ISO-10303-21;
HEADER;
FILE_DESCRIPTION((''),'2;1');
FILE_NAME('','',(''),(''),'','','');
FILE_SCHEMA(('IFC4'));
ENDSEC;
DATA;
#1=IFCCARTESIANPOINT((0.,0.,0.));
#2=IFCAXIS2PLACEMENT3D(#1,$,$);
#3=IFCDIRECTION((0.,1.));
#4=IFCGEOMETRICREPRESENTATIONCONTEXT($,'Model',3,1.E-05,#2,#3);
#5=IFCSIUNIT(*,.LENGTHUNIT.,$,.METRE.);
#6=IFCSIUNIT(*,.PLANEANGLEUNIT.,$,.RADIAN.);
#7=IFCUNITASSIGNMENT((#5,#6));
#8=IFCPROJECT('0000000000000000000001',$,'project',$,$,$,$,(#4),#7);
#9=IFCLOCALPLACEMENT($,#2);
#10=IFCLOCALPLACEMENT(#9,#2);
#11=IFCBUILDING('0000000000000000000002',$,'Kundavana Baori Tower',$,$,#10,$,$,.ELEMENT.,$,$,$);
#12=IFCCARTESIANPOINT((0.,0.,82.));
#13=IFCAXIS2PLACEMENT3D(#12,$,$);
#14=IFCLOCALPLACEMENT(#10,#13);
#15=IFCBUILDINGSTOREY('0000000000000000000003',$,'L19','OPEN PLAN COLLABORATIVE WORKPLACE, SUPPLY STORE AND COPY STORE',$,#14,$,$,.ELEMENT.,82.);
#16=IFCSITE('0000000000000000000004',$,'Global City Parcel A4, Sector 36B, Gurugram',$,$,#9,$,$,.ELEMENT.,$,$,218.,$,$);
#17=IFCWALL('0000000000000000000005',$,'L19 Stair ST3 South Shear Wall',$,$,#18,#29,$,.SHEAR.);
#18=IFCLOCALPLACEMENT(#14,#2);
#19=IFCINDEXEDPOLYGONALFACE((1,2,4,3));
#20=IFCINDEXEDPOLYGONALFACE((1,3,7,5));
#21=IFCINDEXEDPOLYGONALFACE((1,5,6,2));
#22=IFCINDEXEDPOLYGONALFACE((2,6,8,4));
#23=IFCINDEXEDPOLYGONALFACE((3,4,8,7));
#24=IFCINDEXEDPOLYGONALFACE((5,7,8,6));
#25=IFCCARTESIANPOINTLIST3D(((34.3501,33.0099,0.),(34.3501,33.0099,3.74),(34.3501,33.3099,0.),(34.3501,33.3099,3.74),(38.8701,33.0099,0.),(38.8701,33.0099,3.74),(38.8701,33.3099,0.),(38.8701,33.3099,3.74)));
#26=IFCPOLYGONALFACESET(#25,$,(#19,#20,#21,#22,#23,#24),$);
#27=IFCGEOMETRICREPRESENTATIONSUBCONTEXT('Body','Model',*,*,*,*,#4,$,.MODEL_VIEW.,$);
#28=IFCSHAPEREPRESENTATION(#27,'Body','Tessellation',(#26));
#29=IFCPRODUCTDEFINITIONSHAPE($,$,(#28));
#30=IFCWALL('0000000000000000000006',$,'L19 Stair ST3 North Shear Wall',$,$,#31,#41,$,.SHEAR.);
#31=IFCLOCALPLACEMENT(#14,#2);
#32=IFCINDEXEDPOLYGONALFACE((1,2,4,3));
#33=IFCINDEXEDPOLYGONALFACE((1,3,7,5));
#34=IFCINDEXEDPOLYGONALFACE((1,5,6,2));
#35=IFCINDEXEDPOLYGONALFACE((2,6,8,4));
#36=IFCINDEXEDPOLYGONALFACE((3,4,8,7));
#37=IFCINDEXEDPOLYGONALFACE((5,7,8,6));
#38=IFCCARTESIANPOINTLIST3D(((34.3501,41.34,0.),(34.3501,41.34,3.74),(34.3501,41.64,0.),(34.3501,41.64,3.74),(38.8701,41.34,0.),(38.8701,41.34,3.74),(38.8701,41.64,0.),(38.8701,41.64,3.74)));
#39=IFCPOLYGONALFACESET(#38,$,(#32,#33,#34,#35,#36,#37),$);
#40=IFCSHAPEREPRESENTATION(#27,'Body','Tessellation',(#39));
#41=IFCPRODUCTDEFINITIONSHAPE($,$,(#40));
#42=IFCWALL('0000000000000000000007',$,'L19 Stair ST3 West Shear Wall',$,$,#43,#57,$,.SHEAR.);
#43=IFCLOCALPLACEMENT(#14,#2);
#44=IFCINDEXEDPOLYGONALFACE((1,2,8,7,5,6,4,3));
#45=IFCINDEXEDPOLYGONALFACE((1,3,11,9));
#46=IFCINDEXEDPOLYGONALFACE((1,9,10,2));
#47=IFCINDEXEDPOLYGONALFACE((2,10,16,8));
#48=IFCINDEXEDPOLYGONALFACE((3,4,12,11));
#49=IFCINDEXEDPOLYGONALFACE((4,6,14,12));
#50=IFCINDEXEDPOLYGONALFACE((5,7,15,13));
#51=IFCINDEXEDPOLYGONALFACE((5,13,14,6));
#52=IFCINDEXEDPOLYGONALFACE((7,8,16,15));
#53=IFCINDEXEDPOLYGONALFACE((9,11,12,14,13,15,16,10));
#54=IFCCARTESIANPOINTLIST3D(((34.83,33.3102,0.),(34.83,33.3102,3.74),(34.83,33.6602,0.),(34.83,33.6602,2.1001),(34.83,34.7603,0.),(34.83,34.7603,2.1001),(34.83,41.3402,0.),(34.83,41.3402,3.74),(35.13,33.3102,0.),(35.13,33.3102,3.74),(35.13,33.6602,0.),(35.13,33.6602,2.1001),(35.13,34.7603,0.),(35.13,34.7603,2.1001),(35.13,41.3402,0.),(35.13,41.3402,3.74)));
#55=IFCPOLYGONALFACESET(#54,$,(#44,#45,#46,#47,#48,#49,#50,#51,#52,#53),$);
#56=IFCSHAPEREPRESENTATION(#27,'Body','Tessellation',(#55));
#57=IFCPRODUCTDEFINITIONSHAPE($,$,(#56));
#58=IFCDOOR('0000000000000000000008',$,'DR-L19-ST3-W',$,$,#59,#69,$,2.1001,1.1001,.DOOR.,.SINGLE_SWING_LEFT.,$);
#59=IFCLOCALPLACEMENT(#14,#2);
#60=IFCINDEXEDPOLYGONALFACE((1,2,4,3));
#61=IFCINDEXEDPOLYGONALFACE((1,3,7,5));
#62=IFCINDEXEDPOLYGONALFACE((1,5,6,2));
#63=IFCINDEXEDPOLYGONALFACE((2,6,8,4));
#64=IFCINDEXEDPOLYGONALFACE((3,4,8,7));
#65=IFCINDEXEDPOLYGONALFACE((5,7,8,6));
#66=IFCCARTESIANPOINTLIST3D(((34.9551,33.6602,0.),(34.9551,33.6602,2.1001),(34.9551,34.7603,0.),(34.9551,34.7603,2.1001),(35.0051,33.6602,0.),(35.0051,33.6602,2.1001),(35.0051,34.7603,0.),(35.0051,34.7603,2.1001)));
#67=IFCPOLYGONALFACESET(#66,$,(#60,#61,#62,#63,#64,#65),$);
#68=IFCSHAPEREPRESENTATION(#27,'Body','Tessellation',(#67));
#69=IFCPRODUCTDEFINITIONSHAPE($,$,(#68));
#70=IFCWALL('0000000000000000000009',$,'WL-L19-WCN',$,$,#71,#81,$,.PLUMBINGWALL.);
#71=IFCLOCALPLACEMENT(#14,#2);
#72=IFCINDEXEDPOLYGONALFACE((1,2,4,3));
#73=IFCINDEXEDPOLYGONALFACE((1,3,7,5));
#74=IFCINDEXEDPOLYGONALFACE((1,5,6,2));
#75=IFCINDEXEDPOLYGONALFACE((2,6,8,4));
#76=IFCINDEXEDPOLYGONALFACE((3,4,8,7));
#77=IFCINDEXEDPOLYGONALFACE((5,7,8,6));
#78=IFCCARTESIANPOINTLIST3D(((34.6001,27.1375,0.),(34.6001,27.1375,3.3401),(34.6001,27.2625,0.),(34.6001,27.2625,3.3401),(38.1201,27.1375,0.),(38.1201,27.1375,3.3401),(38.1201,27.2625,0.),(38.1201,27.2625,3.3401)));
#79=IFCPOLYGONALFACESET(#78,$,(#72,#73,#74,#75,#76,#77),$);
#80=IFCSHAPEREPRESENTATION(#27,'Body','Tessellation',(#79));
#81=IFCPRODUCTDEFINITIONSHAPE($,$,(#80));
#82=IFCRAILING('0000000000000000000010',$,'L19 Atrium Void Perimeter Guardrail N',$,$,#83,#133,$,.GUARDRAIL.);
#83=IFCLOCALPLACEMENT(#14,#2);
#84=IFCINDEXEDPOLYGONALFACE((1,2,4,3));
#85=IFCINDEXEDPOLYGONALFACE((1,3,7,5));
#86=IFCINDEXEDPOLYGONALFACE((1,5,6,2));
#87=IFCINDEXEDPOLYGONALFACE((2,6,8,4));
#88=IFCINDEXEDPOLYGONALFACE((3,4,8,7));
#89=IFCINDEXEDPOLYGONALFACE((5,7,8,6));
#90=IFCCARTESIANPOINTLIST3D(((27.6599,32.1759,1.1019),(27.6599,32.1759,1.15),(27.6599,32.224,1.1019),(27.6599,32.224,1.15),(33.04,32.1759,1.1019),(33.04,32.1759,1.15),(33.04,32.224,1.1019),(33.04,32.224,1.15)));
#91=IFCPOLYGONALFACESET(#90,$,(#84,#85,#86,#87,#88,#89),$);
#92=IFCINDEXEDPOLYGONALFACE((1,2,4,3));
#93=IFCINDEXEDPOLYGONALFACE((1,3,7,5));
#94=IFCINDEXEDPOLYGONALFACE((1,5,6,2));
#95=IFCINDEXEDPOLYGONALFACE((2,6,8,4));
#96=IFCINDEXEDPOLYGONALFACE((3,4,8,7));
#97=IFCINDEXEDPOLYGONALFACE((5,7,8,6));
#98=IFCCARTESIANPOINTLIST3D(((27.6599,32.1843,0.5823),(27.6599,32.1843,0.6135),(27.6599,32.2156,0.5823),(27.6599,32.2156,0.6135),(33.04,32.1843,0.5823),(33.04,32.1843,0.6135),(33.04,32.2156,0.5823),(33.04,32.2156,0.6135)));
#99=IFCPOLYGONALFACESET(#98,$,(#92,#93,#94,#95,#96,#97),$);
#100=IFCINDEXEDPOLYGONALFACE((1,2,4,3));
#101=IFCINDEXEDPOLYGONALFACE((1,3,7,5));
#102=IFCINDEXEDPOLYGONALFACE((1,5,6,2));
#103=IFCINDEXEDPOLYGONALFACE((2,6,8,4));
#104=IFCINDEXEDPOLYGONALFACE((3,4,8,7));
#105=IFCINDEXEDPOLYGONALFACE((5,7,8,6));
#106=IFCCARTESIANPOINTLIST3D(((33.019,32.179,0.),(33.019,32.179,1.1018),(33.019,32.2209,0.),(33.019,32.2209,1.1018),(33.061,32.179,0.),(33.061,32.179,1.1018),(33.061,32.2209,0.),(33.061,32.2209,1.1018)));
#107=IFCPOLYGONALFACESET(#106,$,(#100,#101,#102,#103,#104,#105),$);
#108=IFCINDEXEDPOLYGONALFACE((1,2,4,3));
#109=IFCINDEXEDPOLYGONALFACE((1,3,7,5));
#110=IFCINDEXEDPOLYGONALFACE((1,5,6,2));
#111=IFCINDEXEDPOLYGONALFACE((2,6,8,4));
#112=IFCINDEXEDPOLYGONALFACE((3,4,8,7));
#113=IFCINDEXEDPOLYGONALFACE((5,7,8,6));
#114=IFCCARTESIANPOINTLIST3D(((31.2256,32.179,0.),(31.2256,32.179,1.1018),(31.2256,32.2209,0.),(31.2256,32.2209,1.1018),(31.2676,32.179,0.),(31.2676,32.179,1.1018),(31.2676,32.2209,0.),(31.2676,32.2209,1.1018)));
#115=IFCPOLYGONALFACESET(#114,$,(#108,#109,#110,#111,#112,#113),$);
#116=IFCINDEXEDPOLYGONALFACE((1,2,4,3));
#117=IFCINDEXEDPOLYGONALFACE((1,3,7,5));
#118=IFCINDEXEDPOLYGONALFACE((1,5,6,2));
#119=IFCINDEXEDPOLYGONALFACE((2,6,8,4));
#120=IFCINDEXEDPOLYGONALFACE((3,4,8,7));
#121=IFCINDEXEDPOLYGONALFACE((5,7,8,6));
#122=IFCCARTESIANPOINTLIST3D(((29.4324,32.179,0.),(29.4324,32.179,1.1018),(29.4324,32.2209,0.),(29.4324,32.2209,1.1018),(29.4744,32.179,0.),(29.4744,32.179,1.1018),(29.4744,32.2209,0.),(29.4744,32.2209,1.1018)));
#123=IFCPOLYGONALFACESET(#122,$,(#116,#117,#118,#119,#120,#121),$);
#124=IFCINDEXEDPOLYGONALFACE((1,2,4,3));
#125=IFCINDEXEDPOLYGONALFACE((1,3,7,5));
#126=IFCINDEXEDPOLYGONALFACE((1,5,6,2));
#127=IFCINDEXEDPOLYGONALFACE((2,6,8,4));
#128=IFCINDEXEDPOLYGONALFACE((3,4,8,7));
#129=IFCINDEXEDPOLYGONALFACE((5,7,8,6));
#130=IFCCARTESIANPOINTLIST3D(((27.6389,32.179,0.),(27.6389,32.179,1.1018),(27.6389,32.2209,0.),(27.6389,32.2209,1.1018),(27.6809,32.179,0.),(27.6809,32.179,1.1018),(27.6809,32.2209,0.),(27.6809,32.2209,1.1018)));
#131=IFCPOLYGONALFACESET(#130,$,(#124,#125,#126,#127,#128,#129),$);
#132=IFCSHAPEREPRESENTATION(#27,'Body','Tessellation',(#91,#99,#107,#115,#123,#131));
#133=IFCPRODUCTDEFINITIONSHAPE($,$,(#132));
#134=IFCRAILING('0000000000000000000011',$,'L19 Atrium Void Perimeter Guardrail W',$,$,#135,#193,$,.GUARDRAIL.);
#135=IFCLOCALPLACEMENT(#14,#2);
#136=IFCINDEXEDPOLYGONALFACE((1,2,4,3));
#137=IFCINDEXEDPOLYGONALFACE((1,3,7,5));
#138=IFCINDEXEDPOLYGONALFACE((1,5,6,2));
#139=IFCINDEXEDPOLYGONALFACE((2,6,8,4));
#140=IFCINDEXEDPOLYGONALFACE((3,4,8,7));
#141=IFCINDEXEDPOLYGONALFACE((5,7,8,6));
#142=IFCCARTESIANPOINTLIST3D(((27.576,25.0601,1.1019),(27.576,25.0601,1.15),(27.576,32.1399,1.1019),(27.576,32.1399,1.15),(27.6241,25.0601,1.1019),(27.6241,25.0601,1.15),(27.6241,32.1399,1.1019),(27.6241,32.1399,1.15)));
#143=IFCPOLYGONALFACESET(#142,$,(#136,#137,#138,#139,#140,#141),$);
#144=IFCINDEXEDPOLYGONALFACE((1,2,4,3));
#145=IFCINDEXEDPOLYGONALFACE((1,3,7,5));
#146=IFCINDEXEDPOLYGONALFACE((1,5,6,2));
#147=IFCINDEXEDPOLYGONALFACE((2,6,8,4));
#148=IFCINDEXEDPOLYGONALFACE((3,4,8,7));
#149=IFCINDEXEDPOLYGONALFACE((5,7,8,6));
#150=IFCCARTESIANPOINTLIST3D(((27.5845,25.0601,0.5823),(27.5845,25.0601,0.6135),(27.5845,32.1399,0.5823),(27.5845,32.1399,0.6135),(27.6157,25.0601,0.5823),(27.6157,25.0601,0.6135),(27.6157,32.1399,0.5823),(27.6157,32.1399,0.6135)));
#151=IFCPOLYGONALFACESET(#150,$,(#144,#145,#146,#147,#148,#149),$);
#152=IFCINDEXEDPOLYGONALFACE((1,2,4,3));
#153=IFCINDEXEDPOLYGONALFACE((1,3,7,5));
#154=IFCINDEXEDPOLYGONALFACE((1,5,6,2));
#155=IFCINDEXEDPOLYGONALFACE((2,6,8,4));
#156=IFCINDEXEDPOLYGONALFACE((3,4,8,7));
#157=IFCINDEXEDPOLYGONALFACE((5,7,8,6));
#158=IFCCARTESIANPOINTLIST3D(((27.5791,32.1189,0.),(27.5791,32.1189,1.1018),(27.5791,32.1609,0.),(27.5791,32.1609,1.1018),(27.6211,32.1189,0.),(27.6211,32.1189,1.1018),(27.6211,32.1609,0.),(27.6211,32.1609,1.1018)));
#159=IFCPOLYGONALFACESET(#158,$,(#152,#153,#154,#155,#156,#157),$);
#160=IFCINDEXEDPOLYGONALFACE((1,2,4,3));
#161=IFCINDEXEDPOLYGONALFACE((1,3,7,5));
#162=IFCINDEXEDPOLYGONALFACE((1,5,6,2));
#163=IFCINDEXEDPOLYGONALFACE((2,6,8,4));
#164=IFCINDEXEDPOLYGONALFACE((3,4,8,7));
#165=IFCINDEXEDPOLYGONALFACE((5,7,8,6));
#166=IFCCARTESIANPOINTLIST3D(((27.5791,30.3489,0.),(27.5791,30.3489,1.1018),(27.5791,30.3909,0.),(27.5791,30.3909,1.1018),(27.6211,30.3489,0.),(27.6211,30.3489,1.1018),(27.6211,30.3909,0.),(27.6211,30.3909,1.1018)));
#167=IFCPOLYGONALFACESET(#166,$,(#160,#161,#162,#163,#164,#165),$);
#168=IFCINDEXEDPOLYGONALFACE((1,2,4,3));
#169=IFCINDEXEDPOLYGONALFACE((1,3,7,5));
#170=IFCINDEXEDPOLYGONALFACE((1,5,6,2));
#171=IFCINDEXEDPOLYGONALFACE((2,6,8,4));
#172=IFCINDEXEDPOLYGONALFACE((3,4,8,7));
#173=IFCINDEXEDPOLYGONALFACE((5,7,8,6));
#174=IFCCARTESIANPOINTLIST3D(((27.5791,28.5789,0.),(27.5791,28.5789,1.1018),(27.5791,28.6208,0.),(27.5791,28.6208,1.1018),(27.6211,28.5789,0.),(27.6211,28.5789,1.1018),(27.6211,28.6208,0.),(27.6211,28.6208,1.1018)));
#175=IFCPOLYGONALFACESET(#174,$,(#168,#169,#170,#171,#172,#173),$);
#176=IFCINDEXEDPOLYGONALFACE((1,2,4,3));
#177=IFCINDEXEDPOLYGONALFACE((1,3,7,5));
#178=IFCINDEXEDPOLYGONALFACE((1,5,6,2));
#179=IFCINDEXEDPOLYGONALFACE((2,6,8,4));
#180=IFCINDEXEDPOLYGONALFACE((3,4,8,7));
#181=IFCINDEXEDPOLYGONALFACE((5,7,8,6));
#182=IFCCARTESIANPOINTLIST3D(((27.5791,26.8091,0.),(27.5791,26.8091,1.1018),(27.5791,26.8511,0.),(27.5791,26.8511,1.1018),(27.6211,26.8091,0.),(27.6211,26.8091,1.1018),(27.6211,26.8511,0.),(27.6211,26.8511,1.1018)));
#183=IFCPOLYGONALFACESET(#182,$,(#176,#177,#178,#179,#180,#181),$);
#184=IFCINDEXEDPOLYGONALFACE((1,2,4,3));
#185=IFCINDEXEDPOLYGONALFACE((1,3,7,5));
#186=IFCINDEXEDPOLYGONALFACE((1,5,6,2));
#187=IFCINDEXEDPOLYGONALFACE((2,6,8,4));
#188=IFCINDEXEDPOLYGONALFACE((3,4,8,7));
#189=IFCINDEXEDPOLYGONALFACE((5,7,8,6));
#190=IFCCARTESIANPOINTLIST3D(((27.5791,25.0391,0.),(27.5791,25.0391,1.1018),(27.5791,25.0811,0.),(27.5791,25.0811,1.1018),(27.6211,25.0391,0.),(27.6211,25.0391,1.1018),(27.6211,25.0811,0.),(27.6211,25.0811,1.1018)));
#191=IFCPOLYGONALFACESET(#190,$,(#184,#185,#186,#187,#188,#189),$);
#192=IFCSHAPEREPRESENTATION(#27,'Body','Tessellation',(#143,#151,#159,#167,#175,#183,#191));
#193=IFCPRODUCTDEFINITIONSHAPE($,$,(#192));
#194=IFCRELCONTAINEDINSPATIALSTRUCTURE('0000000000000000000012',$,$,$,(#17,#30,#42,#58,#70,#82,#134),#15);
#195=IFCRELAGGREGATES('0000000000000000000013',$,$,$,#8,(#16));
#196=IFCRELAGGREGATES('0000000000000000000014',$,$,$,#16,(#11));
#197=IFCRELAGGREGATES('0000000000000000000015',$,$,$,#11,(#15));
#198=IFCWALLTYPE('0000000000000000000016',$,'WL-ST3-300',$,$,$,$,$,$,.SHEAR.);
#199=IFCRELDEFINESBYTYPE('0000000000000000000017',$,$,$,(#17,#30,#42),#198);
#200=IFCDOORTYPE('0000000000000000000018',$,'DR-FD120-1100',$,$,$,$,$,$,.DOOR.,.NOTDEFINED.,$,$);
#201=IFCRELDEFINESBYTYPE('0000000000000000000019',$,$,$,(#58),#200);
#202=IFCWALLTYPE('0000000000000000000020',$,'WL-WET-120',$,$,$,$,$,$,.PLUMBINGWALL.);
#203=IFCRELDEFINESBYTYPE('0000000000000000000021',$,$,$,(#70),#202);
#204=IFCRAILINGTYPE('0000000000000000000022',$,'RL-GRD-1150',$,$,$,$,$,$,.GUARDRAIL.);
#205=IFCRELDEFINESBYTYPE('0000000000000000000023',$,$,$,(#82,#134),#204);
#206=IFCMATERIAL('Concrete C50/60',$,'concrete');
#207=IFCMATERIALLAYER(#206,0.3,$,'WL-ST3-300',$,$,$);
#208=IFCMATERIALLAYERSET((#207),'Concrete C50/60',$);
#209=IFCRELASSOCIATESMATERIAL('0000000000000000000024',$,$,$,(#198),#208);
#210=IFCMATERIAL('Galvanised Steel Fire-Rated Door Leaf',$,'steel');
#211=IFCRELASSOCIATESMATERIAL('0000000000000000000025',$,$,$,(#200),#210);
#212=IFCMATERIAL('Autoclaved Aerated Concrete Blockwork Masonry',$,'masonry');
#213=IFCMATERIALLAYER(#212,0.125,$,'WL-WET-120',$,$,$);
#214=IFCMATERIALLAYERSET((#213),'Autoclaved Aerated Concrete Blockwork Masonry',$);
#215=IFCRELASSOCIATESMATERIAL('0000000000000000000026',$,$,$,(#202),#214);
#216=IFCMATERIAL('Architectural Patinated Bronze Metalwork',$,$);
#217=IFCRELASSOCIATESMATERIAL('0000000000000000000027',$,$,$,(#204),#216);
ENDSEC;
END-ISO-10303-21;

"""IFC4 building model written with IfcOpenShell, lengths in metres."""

from ifc_helpers import new_model, si_unit, direction, frame, frame_2d, origin, origin_2d, place, context, subcontext, project, spatial, rectangle, extrude, material, layer, layer_set, type_object, element, fill, save


model = new_model("IFC4")

# Units and contexts
model_context = context("Model", 3, precision=1e-05, world=origin(), true_north=direction((0.0, 1.0)))
body_context = subcontext(model_context, "Body", "Model", "MODEL_VIEW")
ifc_project = project(units=[si_unit("LENGTHUNIT", "METRE"), si_unit("PLANEANGLEUNIT", "RADIAN")], contexts=[model_context])

# Site, building, storey
site_placement = place(None, origin())
site = spatial("IfcSite", under=ifc_project, at=site_placement, Name="Global City Parcel A4, Sector 36B, Gurugram", CompositionType="ELEMENT", RefElevation=218.0)
building_placement = place(site_placement, origin())
building = spatial("IfcBuilding", under=site, at=building_placement, Name="Kundavana Baori Tower", CompositionType="ELEMENT")
storey_placement = place(building_placement, frame((0.0, 0.0, 82.0)))
storey = spatial("IfcBuildingStorey", under=building, at=storey_placement, Name="L19", Description="OPEN PLAN COLLABORATIVE WORKPLACE, SUPPLY STORE AND COPY STORE", CompositionType="ELEMENT", Elevation=82.0)

# Walls
ifc_material_1 = material(Name="Concrete C50/60", Category="concrete")
ifc_layer_1 = layer(ifc_material_1, 0.3, Name="WL-ST3-300")
ifc_layer_set_1 = layer_set([ifc_layer_1], Name="Concrete C50/60")
wall_type_1 = type_object("IfcWallType", Name="WL-ST3-300", PredefinedType="SHEAR", material=ifc_layer_set_1)
for number, where, z_axis, x_axis, name in (
    (1, (34.3501, 33.1599, 0.0), (0.0, 0.0, 1.0), (1.0, 0.0, 0.0), "L19 Stair ST3 South Shear Wall"),
    (2, (34.3501, 41.49, 0.0), (0.0, 0.0, 1.0), (1.0, 0.0, 0.0), "L19 Stair ST3 North Shear Wall"),
):
    element("IfcWall", number, at=place(storey_placement, frame(where, z_axis=z_axis, x_axis=x_axis)), inside=storey, type_object=wall_type_1, Name=name, PredefinedType="SHEAR", context=body_context, shape_type="SweptSolid", body=[
        extrude(rectangle(XDim=4.52, YDim=0.3, at=frame_2d((2.26, 0.0))), origin(), (0.0, 0.0, 1.0), 3.74),
    ])

# Wall, opening, door
wall_1_placement = place(storey_placement, frame((34.98, 33.3101, 0.0), z_axis=(0.0, 0.0, 1.0), x_axis=(0.0, 1.0, 0.0)))
wall_1 = element("IfcWall", 3, at=wall_1_placement, inside=storey, type_object=wall_type_1, Name="L19 Stair ST3 West Shear Wall", PredefinedType="SHEAR", context=body_context, shape_type="SweptSolid", body=[
    extrude(rectangle(XDim=8.03, YDim=0.3, at=frame_2d((4.0151, 0.0))), origin(), (0.0, 0.0, 1.0), 3.74),
])
opening_1_placement = place(wall_1_placement, frame((0.3501, 0.0, 0.0)))
opening_1 = element("IfcOpeningElement", 4, at=opening_1_placement, cuts=wall_1, PredefinedType="OPENING", context=body_context, shape_type="SweptSolid", body=[
    extrude(rectangle(XDim=1.1001, YDim=2.1001, at=frame_2d((0.55, 1.05))), frame((0.0, 0.1602, 0.0), z_axis=(0.0, -1.0, 0.0), x_axis=(1.0, 0.0, 0.0)), (0.0, 0.0, 1.0), 0.3201),
])
ifc_material_2 = material(Name="Galvanised Steel Fire-Rated Door Leaf", Category="steel")
door_type_1 = type_object("IfcDoorType", Name="DR-FD120-1100", OperationType="NOTDEFINED", PredefinedType="DOOR", material=ifc_material_2)
door_1_placement = place(opening_1_placement, origin())
door_1 = element("IfcDoor", 5, at=door_1_placement, inside=storey, type_object=door_type_1, Name="DR-L19-ST3-W", OperationType="SINGLE_SWING_LEFT", OverallHeight=2.1001, OverallWidth=1.1001, PredefinedType="DOOR", context=body_context, shape_type="SweptSolid", body=[
    extrude(rectangle(XDim=1.1001, YDim=2.1001, at=frame_2d((0.55, 1.05))), frame((0.0, 0.0249, 0.0), z_axis=(0.0, -1.0, 0.0), x_axis=(1.0, 0.0, 0.0)), (0.0, 0.0, 1.0), 0.05),
])
fill(opening_1, door_1)

# Wall
ifc_material_3 = material(Name="Autoclaved Aerated Concrete Blockwork Masonry", Category="masonry")
ifc_layer_2 = layer(ifc_material_3, 0.125, Name="WL-WET-120")
ifc_layer_set_2 = layer_set([ifc_layer_2], Name="Autoclaved Aerated Concrete Blockwork Masonry")
wall_type_2 = type_object("IfcWallType", Name="WL-WET-120", PredefinedType="PLUMBINGWALL", material=ifc_layer_set_2)
wall_2_placement = place(storey_placement, frame((34.6001, 27.2, 0.0), z_axis=(0.0, 0.0, 1.0), x_axis=(1.0, 0.0, 0.0)))
element("IfcWall", 6, at=wall_2_placement, inside=storey, type_object=wall_type_2, Name="WL-L19-WCN", PredefinedType="PLUMBINGWALL", context=body_context, shape_type="SweptSolid", body=[
    extrude(rectangle(XDim=3.52, YDim=0.125, at=frame_2d((1.76, 0.0))), origin(), (0.0, 0.0, 1.0), 3.3401),
])

# Railings
ifc_material_4 = material(Name="Architectural Patinated Bronze Metalwork")
railing_type_1 = type_object("IfcRailingType", Name="RL-GRD-1150", PredefinedType="GUARDRAIL", material=ifc_material_4)
railing_1_placement = place(storey_placement, frame((33.04, 32.2, 0.0)))
element("IfcRailing", 7, at=railing_1_placement, inside=storey, type_object=railing_type_1, Name="L19 Atrium Void Perimeter Guardrail N", PredefinedType="GUARDRAIL", context=body_context, shape_type="SweptSolid", body=[
    extrude(rectangle(XDim=0.0481, YDim=0.0481, at=origin_2d()), frame((0.0, 0.0, 1.126), z_axis=(-1.0, 0.0, 0.0), x_axis=(0.0, -1.0, 0.0)), (0.0, 0.0, 1.0), 5.3801),
    extrude(rectangle(XDim=0.0312, YDim=0.0312, at=origin_2d()), frame((0.0, 0.0, 0.5979), z_axis=(-1.0, 0.0, 0.0), x_axis=(0.0, -1.0, 0.0)), (0.0, 0.0, 1.0), 5.3801),
    extrude(rectangle(XDim=0.042, YDim=0.042, at=origin_2d()), origin(), (0.0, 0.0, 1.0), 1.1018),
    extrude(rectangle(XDim=0.042, YDim=0.042, at=origin_2d()), frame((-1.7935, 0.0, 0.0)), (0.0, 0.0, 1.0), 1.1018),
    extrude(rectangle(XDim=0.042, YDim=0.042, at=origin_2d()), frame((-3.5867, 0.0, 0.0)), (0.0, 0.0, 1.0), 1.1018),
    extrude(rectangle(XDim=0.042, YDim=0.042, at=origin_2d()), frame((-5.3801, 0.0, 0.0)), (0.0, 0.0, 1.0), 1.1018),
])
railing_2_placement = place(storey_placement, frame((27.6001, 32.1399, 0.0)))
element("IfcRailing", 8, at=railing_2_placement, inside=storey, type_object=railing_type_1, Name="L19 Atrium Void Perimeter Guardrail W", PredefinedType="GUARDRAIL", context=body_context, shape_type="SweptSolid", body=[
    extrude(rectangle(XDim=0.0481, YDim=0.0481, at=origin_2d()), frame((0.0, 0.0, 1.126), z_axis=(0.0, -1.0, 0.0), x_axis=(1.0, 0.0, 0.0)), (0.0, 0.0, 1.0), 7.0798),
    extrude(rectangle(XDim=0.0312, YDim=0.0312, at=origin_2d()), frame((0.0, 0.0, 0.5979), z_axis=(0.0, -1.0, 0.0), x_axis=(1.0, 0.0, 0.0)), (0.0, 0.0, 1.0), 7.0798),
    extrude(rectangle(XDim=0.042, YDim=0.042, at=origin_2d()), origin(), (0.0, 0.0, 1.0), 1.1018),
    extrude(rectangle(XDim=0.042, YDim=0.042, at=origin_2d()), frame((0.0, -1.77, 0.0)), (0.0, 0.0, 1.0), 1.1018),
    extrude(rectangle(XDim=0.042, YDim=0.042, at=origin_2d()), frame((0.0, -3.54, 0.0)), (0.0, 0.0, 1.0), 1.1018),
    extrude(rectangle(XDim=0.042, YDim=0.042, at=origin_2d()), frame((0.0, -5.3098, 0.0)), (0.0, 0.0, 1.0), 1.1018),
    extrude(rectangle(XDim=0.042, YDim=0.042, at=origin_2d()), frame((0.0, -7.0798, 0.0)), (0.0, 0.0, 1.0), 1.1018),
])

save(model, "model.ifc")
